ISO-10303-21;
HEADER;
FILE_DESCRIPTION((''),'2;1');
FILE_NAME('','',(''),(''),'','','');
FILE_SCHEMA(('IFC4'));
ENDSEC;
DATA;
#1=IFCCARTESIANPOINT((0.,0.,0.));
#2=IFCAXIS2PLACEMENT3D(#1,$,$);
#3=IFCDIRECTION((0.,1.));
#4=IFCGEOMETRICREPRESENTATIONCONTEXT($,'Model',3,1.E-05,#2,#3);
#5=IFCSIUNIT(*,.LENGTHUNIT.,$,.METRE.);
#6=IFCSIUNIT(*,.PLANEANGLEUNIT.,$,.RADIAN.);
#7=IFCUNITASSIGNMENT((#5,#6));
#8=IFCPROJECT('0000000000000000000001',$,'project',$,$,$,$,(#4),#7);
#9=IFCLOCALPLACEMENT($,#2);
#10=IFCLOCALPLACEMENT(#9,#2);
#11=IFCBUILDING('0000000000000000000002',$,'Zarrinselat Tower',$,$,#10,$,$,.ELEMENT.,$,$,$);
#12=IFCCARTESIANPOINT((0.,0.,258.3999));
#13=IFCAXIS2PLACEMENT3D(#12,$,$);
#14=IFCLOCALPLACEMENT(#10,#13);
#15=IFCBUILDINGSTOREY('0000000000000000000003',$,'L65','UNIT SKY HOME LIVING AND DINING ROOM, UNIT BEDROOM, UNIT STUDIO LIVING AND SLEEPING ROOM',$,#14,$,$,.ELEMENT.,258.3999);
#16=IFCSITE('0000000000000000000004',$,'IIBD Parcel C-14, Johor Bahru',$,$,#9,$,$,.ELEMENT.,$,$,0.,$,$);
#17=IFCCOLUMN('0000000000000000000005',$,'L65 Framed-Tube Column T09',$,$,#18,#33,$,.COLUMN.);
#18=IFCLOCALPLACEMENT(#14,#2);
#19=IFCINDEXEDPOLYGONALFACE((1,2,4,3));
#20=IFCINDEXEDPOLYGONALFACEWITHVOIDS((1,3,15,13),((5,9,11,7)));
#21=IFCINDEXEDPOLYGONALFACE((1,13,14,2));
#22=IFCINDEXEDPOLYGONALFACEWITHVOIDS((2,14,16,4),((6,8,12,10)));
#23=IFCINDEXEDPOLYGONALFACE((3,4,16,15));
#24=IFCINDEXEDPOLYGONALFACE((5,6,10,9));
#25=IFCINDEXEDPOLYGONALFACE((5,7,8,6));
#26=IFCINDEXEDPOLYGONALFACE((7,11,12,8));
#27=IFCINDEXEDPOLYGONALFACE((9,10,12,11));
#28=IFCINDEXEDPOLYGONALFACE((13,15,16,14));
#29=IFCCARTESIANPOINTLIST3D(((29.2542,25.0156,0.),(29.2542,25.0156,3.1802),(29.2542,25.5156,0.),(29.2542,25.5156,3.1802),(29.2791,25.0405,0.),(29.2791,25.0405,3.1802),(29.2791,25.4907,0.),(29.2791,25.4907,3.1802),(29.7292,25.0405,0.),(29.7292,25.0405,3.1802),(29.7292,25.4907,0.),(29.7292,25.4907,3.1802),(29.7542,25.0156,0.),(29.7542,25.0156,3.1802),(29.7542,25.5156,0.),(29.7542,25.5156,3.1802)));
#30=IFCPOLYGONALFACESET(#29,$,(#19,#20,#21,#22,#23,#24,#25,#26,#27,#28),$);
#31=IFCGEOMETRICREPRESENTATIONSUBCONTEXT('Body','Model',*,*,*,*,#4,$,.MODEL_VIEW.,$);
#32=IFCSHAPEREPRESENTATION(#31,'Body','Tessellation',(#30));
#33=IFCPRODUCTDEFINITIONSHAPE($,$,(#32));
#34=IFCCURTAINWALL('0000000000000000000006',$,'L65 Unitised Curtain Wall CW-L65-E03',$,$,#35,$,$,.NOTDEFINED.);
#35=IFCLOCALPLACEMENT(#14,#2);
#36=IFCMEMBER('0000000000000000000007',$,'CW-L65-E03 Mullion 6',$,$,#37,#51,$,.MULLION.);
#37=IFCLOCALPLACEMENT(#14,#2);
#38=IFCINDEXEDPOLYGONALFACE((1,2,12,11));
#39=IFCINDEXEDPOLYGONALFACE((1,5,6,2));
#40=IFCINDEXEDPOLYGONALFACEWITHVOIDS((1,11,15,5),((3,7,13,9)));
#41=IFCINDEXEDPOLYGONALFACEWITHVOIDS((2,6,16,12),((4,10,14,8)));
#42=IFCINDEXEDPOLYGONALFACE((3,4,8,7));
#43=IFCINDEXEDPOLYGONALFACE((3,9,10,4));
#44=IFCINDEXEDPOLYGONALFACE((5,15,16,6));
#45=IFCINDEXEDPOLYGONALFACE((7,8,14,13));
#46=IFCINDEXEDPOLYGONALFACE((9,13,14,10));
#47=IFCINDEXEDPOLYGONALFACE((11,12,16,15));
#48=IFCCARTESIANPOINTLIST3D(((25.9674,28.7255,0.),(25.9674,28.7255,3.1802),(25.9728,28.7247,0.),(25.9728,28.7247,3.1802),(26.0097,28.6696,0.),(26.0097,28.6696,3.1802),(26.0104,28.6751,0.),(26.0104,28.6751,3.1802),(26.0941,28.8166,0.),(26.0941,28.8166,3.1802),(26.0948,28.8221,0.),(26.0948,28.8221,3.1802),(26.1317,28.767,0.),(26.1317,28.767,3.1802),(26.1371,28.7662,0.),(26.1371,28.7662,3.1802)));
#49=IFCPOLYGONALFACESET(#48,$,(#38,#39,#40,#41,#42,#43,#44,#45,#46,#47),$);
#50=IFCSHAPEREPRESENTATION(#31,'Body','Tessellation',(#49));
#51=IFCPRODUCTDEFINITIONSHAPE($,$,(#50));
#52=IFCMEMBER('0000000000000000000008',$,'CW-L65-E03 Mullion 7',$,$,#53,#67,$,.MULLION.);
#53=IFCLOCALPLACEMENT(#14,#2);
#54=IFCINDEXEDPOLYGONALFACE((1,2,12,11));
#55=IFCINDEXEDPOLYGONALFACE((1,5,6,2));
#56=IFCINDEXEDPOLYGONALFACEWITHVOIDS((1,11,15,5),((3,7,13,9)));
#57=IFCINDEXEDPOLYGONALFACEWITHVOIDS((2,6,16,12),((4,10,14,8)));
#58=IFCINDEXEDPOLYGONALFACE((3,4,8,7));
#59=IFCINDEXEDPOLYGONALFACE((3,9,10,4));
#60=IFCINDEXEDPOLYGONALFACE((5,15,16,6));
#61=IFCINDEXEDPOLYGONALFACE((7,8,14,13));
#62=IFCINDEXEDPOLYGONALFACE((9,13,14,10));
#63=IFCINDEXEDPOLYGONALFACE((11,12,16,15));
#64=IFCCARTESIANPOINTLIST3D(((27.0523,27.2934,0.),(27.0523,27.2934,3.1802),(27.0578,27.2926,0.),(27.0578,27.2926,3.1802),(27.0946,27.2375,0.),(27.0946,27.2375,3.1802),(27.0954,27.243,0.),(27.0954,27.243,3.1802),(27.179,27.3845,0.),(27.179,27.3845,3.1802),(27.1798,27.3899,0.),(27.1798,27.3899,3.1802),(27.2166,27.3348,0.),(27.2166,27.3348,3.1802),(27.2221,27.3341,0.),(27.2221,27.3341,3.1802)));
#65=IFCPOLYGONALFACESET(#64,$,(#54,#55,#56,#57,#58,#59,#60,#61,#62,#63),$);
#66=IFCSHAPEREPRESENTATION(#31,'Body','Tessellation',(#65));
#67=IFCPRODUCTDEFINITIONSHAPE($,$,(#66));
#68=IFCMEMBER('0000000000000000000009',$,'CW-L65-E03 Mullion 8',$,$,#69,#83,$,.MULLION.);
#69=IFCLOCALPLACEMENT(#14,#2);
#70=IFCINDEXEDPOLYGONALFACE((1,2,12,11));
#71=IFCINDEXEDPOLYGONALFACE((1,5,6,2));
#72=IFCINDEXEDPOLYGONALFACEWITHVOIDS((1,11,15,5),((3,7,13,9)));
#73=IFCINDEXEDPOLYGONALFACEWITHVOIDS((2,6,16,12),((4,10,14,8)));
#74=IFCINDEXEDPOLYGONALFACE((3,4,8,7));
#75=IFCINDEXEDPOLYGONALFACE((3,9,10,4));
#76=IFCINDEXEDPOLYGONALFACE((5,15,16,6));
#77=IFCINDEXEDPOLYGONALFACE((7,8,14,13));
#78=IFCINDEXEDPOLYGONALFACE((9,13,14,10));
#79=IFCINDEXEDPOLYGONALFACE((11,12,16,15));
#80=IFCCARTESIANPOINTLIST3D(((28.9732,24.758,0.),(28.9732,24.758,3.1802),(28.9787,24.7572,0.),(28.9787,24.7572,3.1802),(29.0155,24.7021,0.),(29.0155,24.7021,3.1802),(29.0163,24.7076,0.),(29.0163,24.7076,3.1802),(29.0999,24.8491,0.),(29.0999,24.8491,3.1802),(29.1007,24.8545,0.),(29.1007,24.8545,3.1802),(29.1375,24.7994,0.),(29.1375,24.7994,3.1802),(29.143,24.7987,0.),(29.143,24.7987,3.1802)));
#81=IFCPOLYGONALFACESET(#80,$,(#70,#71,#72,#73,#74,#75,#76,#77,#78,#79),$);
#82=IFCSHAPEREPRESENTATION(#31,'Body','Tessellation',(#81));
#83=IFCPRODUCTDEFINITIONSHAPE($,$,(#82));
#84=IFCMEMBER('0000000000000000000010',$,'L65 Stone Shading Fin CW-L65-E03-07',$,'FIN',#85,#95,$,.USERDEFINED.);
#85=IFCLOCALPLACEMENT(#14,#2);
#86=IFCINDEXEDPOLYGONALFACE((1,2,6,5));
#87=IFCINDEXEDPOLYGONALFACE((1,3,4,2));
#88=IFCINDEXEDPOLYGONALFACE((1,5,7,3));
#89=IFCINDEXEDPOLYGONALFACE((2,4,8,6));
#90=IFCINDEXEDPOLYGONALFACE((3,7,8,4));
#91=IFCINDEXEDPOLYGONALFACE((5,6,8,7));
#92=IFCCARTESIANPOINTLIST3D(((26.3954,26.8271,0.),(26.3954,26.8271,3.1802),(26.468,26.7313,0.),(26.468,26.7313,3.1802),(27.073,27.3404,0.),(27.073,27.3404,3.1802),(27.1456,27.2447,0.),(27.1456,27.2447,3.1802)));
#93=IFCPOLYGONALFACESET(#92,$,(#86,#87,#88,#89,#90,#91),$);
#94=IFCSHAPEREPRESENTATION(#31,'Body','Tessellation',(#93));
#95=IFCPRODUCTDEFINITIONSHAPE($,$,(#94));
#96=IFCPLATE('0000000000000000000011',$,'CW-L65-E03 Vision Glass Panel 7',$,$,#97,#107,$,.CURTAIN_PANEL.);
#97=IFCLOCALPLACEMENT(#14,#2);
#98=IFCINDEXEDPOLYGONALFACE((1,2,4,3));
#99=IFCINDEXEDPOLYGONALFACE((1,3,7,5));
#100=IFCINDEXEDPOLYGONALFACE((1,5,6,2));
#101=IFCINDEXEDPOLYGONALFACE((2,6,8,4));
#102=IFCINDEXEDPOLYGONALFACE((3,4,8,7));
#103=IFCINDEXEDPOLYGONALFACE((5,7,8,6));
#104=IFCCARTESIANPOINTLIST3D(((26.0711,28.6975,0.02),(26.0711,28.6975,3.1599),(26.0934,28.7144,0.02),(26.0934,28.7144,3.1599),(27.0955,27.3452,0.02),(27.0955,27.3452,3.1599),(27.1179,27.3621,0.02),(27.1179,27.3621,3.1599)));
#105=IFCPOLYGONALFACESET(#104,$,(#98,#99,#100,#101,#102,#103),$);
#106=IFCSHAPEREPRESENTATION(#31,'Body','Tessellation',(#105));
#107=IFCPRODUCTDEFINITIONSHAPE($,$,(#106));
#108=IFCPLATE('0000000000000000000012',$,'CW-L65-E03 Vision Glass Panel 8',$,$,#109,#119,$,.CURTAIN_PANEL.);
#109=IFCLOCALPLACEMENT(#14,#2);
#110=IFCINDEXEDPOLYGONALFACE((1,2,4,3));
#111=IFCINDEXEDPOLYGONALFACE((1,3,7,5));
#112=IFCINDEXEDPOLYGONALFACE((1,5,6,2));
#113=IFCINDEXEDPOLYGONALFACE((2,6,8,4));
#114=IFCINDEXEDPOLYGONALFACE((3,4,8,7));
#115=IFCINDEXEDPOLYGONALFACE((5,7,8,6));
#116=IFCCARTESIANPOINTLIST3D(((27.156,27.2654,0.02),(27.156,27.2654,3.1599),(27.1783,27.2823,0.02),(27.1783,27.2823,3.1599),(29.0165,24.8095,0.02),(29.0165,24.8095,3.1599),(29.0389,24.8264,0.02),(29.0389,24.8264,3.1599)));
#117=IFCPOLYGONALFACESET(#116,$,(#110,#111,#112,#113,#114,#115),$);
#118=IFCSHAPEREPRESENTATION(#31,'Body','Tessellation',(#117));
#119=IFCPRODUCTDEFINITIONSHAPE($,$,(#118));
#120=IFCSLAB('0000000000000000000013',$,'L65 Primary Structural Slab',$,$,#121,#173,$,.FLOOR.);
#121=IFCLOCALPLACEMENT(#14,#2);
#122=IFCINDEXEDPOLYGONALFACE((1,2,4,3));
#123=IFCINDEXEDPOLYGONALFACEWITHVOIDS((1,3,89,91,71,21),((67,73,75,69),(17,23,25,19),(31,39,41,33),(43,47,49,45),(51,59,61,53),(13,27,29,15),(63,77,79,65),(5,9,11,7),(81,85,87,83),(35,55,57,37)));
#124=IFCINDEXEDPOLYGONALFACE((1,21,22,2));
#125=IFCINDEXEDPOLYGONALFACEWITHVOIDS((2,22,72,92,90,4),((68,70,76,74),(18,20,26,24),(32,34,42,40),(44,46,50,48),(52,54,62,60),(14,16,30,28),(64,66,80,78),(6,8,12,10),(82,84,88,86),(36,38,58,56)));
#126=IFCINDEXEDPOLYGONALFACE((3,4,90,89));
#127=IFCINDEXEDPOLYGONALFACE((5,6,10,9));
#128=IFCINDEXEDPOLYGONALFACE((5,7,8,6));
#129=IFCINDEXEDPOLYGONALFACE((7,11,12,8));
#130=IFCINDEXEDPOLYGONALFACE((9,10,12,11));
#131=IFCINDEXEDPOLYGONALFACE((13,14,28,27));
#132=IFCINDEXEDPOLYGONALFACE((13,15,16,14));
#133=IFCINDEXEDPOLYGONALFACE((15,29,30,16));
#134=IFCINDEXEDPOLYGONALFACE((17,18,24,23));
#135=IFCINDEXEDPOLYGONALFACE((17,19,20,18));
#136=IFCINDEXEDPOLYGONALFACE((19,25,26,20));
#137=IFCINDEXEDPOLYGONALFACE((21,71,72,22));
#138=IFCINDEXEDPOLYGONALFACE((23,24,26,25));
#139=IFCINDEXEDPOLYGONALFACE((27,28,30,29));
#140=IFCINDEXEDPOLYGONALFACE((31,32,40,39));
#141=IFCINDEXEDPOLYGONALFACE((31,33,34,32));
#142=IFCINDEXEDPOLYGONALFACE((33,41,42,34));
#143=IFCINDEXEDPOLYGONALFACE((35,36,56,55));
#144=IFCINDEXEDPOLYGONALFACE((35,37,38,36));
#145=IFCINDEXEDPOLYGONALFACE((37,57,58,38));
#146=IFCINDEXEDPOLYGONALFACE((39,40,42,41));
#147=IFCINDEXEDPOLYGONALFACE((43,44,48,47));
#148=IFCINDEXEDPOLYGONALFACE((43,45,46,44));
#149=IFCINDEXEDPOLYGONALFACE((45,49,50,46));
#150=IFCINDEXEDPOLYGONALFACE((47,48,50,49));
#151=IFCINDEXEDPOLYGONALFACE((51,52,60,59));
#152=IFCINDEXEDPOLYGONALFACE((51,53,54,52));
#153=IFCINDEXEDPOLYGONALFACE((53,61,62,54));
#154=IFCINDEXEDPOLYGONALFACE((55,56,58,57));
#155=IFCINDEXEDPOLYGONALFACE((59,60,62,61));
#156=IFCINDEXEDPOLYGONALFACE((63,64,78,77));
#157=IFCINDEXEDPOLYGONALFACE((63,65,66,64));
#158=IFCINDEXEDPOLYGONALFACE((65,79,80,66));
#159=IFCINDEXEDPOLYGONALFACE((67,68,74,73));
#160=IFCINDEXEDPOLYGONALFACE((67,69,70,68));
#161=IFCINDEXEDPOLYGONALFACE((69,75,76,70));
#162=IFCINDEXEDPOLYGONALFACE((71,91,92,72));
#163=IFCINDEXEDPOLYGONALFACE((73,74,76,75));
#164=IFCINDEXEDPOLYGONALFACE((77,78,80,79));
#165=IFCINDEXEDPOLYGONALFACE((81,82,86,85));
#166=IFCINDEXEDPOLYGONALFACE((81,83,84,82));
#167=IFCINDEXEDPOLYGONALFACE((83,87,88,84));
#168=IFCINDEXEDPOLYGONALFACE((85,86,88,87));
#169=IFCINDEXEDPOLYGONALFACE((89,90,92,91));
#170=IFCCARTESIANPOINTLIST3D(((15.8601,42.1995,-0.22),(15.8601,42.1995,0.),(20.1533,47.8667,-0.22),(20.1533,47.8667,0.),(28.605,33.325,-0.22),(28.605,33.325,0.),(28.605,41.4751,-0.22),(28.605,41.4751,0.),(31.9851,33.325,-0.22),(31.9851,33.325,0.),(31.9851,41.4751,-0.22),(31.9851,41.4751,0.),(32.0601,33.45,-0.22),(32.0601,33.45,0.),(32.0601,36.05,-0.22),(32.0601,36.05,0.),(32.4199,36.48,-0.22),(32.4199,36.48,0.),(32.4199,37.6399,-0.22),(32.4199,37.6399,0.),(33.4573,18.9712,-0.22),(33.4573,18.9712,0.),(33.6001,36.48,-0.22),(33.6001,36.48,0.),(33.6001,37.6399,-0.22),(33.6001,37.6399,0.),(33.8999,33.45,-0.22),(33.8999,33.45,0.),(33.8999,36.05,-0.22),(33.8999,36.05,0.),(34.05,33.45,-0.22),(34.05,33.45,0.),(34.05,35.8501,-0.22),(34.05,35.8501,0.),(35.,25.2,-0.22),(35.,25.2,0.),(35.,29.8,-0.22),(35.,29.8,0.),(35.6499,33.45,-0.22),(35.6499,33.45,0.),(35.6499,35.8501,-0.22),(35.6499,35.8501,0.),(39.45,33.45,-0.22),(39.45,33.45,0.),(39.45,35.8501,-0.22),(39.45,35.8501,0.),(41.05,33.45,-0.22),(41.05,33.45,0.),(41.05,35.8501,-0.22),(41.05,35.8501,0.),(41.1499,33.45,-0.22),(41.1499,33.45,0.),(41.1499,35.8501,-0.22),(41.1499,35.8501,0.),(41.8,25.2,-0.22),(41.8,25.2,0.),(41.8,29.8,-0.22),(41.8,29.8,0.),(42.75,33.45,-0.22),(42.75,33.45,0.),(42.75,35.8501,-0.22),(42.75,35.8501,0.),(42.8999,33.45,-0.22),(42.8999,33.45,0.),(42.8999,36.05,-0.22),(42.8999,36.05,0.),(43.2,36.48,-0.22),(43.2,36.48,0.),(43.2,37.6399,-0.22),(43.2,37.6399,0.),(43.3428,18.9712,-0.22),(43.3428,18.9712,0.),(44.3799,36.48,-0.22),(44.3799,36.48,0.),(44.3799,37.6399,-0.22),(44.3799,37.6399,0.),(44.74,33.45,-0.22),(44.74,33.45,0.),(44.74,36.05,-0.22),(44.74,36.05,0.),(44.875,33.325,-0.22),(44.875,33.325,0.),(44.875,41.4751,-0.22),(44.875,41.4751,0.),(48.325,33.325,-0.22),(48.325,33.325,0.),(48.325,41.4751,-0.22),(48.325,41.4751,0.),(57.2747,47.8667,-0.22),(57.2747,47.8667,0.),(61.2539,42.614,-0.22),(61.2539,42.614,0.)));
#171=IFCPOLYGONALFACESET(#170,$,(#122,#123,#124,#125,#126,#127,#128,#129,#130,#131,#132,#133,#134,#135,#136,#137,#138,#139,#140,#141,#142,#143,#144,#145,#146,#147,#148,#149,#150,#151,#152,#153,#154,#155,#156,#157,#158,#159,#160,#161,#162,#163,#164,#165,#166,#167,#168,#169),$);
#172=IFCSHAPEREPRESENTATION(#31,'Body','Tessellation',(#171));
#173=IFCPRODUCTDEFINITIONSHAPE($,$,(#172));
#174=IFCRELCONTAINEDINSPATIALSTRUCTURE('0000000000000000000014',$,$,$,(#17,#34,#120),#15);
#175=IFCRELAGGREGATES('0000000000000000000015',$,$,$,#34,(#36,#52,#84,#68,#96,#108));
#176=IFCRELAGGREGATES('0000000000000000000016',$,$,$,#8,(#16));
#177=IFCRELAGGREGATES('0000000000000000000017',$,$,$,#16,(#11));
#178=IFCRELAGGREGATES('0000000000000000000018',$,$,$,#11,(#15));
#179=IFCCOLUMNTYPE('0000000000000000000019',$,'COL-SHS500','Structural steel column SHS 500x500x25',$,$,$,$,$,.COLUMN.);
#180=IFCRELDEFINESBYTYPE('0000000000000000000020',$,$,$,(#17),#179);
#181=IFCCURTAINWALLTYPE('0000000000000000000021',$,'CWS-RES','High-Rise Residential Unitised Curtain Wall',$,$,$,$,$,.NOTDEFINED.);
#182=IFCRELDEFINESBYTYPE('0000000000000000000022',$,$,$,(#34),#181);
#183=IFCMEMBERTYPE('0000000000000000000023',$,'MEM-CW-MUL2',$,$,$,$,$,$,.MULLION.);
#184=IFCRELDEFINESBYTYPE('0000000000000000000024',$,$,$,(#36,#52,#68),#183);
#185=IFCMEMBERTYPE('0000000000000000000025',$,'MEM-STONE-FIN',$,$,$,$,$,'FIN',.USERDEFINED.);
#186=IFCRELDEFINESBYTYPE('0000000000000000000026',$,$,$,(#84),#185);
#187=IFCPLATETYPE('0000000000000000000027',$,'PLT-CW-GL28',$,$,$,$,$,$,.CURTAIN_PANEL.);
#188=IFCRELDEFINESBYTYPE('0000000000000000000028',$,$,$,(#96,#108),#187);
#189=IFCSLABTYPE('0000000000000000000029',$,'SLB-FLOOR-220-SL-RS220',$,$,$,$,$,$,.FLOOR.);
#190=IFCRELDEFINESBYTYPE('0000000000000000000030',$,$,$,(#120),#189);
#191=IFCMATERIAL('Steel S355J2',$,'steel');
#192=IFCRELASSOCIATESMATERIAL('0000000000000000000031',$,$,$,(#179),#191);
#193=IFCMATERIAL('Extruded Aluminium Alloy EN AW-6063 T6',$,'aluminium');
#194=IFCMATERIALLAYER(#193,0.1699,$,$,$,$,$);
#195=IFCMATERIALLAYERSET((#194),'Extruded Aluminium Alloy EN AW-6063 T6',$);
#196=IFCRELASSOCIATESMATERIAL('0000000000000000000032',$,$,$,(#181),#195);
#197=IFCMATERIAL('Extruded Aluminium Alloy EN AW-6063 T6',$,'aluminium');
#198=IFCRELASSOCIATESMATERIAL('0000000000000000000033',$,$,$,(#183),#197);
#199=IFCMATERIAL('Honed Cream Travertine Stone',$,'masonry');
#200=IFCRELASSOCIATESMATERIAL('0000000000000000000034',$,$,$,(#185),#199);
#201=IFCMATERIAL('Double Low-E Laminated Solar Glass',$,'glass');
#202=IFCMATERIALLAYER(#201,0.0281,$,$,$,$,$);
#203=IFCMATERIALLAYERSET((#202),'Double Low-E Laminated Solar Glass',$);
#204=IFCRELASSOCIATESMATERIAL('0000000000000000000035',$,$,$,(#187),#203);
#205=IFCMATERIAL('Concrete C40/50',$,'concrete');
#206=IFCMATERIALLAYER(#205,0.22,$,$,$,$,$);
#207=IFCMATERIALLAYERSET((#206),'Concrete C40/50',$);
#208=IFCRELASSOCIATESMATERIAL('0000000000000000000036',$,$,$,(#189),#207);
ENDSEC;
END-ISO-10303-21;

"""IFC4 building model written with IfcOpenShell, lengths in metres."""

from ifc_helpers import new_model, si_unit, direction, frame, origin, origin_2d, place, context, subcontext, project, spatial, polyline, rectangle, hollow_rectangle, outline, extrude, material, layer, layer_set, material_profile, profile_set, type_object, element, aggregate, save


model = new_model("IFC4")

# Units and contexts
model_context = context("Model", 3, precision=1e-05, world=origin(), true_north=direction((0.0, 1.0)))
body_context = subcontext(model_context, "Body", "Model", "MODEL_VIEW")
ifc_project = project(units=[si_unit("LENGTHUNIT", "METRE"), si_unit("PLANEANGLEUNIT", "RADIAN")], contexts=[model_context])

# Site, building, storey
site_placement = place(None, origin())
site = spatial("IfcSite", under=ifc_project, at=site_placement, Name="IIBD Parcel C-14, Johor Bahru", CompositionType="ELEMENT", RefElevation=0.0)
building_placement = place(site_placement, origin())
building = spatial("IfcBuilding", under=site, at=building_placement, Name="Zarrinselat Tower", CompositionType="ELEMENT")
storey_placement = place(building_placement, frame((0.0, 0.0, 258.3999)))
storey = spatial("IfcBuildingStorey", under=building, at=storey_placement, Name="L65", Description="UNIT SKY HOME LIVING AND DINING ROOM, UNIT BEDROOM, UNIT STUDIO LIVING AND SLEEPING ROOM", CompositionType="ELEMENT", Elevation=258.3999)

# Column
ifc_material_1 = material(Name="Steel S355J2", Category="steel")
ifc_material_profile_1 = material_profile(ifc_material_1, hollow_rectangle(XDim=0.5, YDim=0.5, WallThickness=0.0249, at=origin_2d()), Name="SHS 500x500x25")
ifc_profile_set_1 = profile_set([ifc_material_profile_1], Name="Steel S355J2")
column_type = type_object("IfcColumnType", Name="COL-SHS500", Description="Structural steel column SHS 500x500x25", PredefinedType="COLUMN", material=ifc_profile_set_1)
column_placement = place(storey_placement, frame((29.5042, 25.2656, 0.0), z_axis=(0.0, 0.0, 1.0), x_axis=(1.0, 0.0, 0.0)))
element("IfcColumn", 1, at=column_placement, inside=storey, type_object=column_type, Name="L65 Framed-Tube Column T09", PredefinedType="COLUMN", context=body_context, shape_type="SweptSolid", body=[
    extrude(hollow_rectangle(XDim=0.5, YDim=0.5, WallThickness=0.0249, at=origin_2d()), origin(), (0.0, 0.0, 1.0), 3.1802),
])

# Curtain wall, members, plates
ifc_material_2 = material(Name="Extruded Aluminium Alloy EN AW-6063 T6", Category="aluminium")
ifc_layer_1 = layer(ifc_material_2, 0.1699)
ifc_layer_set_1 = layer_set([ifc_layer_1], Name="Extruded Aluminium Alloy EN AW-6063 T6")
curtain_wall_type = type_object("IfcCurtainWallType", Name="CWS-RES", Description="High-Rise Residential Unitised Curtain Wall", PredefinedType="NOTDEFINED", material=ifc_layer_set_1)
curtain_wall_placement = place(storey_placement, origin())
curtain_wall = element("IfcCurtainWall", 2, at=curtain_wall_placement, inside=storey, type_object=curtain_wall_type, Name="L65 Unitised Curtain Wall CW-L65-E03", PredefinedType="NOTDEFINED")
ifc_material_3 = material(Name="Extruded Aluminium Alloy EN AW-6063 T6", Category="aluminium")
ifc_material_profile_2 = material_profile(ifc_material_3, hollow_rectangle(XDim=0.0701, YDim=0.1599, WallThickness=0.0039, at=origin_2d()), Name="RHS 160x70x4")
ifc_profile_set_2 = profile_set([ifc_material_profile_2], Name="Extruded Aluminium Alloy EN AW-6063 T6")
member_type_1 = type_object("IfcMemberType", Name="MEM-CW-MUL2", PredefinedType="MULLION", material=ifc_profile_set_2)
member_1_placement = place(storey_placement, frame((26.0522, 28.7458, 0.0), z_axis=(0.0, 0.0, 1.0), x_axis=(0.603858, -0.797092, 0.0)))
member_1 = element("IfcMember", 3, at=member_1_placement, type_object=member_type_1, Name="CW-L65-E03 Mullion 6", PredefinedType="MULLION", context=body_context, shape_type="SweptSolid", body=[
    extrude(hollow_rectangle(XDim=0.0701, YDim=0.1599, WallThickness=0.0039, at=origin_2d()), origin(), (0.0, 0.0, 1.0), 3.1802),
])
member_2_placement = place(storey_placement, frame((27.1372, 27.3137, 0.0), z_axis=(0.0, 0.0, 1.0), x_axis=(0.603858, -0.797092, 0.0)))
member_2 = element("IfcMember", 4, at=member_2_placement, type_object=member_type_1, Name="CW-L65-E03 Mullion 7", PredefinedType="MULLION", context=body_context, shape_type="SweptSolid", body=[
    extrude(hollow_rectangle(XDim=0.0701, YDim=0.1599, WallThickness=0.0039, at=origin_2d()), origin(), (0.0, 0.0, 1.0), 3.1802),
])
member_3_placement = place(storey_placement, frame((29.0581, 24.7783, 0.0), z_axis=(0.0, 0.0, 1.0), x_axis=(0.603858, -0.797092, 0.0)))
member_3 = element("IfcMember", 5, at=member_3_placement, type_object=member_type_1, Name="CW-L65-E03 Mullion 8", PredefinedType="MULLION", context=body_context, shape_type="SweptSolid", body=[
    extrude(hollow_rectangle(XDim=0.0701, YDim=0.1599, WallThickness=0.0039, at=origin_2d()), origin(), (0.0, 0.0, 1.0), 3.1802),
])
ifc_material_4 = material(Name="Honed Cream Travertine Stone", Category="masonry")
ifc_material_profile_3 = material_profile(ifc_material_4, rectangle(XDim=0.1201, YDim=0.8501, at=origin_2d()), Name="FIN 850x120")
ifc_profile_set_3 = profile_set([ifc_material_profile_3], Name="Honed Cream Travertine Stone")
member_type_2 = type_object("IfcMemberType", Name="MEM-STONE-FIN", ElementType="FIN", PredefinedType="USERDEFINED", material=ifc_profile_set_3)
member_4_placement = place(storey_placement, frame((26.7705, 27.0359, 0.0), z_axis=(0.0, 0.0, 1.0), x_axis=(-0.603858, 0.797092, 0.0)))
member_4 = element("IfcMember", 6, at=member_4_placement, type_object=member_type_2, Name="L65 Stone Shading Fin CW-L65-E03-07", ObjectType="FIN", PredefinedType="USERDEFINED", context=body_context, shape_type="SweptSolid", body=[
    extrude(rectangle(XDim=0.1201, YDim=0.8501, at=origin_2d()), origin(), (0.0, 0.0, 1.0), 3.1802),
])
ifc_material_5 = material(Name="Double Low-E Laminated Solar Glass", Category="glass")
ifc_layer_2 = layer(ifc_material_5, 0.0281)
ifc_layer_set_2 = layer_set([ifc_layer_2], Name="Double Low-E Laminated Solar Glass")
plate_type = type_object("IfcPlateType", Name="PLT-CW-GL28", PredefinedType="CURTAIN_PANEL", material=ifc_layer_set_2)
plate_1_placement = place(storey_placement, frame((26.5945, 28.0298, 0.02), z_axis=(0.0, 0.0, 1.0), x_axis=(0.603858, -0.797092, 0.0)))
plate_1 = element("IfcPlate", 7, at=plate_1_placement, type_object=plate_type, Name="CW-L65-E03 Vision Glass Panel 7", PredefinedType="CURTAIN_PANEL", context=body_context, shape_type="SweptSolid", body=[
    extrude(rectangle(XDim=1.6965, YDim=0.0281, at=origin_2d()), origin(), (0.0, 0.0, 1.0), 3.1399),
])
plate_2_placement = place(storey_placement, frame((28.0974, 26.0459, 0.02), z_axis=(0.0, 0.0, 1.0), x_axis=(0.603858, -0.797092, 0.0)))
plate_2 = element("IfcPlate", 8, at=plate_2_placement, type_object=plate_type, Name="CW-L65-E03 Vision Glass Panel 8", PredefinedType="CURTAIN_PANEL", context=body_context, shape_type="SweptSolid", body=[
    extrude(rectangle(XDim=3.0811, YDim=0.0281, at=origin_2d()), origin(), (0.0, 0.0, 1.0), 3.1399),
])
aggregate(curtain_wall, [member_1, member_2, member_4, member_3, plate_1, plate_2])

# Slab
ifc_material_6 = material(Name="Concrete C40/50", Category="concrete")
ifc_layer_3 = layer(ifc_material_6, 0.22)
ifc_layer_set_3 = layer_set([ifc_layer_3], Name="Concrete C40/50")
slab_type_1 = type_object("IfcSlabType", Name="SLB-FLOOR-220-SL-RS220", PredefinedType="FLOOR", material=ifc_layer_set_3)
slab_1_placement = place(storey_placement, frame((0.0, 0.0, -0.22)))
element("IfcSlab", 9, at=slab_1_placement, inside=storey, type_object=slab_type_1, Name="L65 Primary Structural Slab", PredefinedType="FLOOR", context=body_context, shape_type="SweptSolid", body=[
    extrude(outline(polyline([(57.2747, 47.8667), (20.1533, 47.8667), (15.8601, 42.1995), (33.4573, 18.9712), (43.3428, 18.9712), (61.2539, 42.614), (57.2747, 47.8667)]), holes=[polyline([(41.8, 25.2), (35.0, 25.2), (35.0, 29.8), (41.8, 29.8), (41.8, 25.2)]), polyline([(35.6499, 33.45), (34.05, 33.45), (34.05, 35.8501), (35.6499, 35.8501), (35.6499, 33.45)]), polyline([(41.05, 33.45), (39.45, 33.45), (39.45, 35.8501), (41.05, 35.8501), (41.05, 33.45)]), polyline([(41.1499, 33.45), (41.1499, 35.8501), (42.75, 35.8501), (42.75, 33.45), (41.1499, 33.45)]), polyline([(32.0601, 33.45), (32.0601, 36.05), (33.8999, 36.05), (33.8999, 33.45), (32.0601, 33.45)]), polyline([(44.74, 33.45), (42.8999, 33.45), (42.8999, 36.05), (44.74, 36.05), (44.74, 33.45)]), polyline([(33.6001, 36.48), (32.4199, 36.48), (32.4199, 37.6399), (33.6001, 37.6399), (33.6001, 36.48)]), polyline([(44.3799, 36.48), (43.2, 36.48), (43.2, 37.6399), (44.3799, 37.6399), (44.3799, 36.48)]), polyline([(31.9851, 33.325), (28.605, 33.325), (28.605, 41.4751), (31.9851, 41.4751), (31.9851, 33.325)]), polyline([(48.325, 33.325), (44.875, 33.325), (44.875, 41.4751), (48.325, 41.4751), (48.325, 33.325)])]), origin(), (0.0, 0.0, 1.0), 0.22),
])

save(model, "model.ifc")
